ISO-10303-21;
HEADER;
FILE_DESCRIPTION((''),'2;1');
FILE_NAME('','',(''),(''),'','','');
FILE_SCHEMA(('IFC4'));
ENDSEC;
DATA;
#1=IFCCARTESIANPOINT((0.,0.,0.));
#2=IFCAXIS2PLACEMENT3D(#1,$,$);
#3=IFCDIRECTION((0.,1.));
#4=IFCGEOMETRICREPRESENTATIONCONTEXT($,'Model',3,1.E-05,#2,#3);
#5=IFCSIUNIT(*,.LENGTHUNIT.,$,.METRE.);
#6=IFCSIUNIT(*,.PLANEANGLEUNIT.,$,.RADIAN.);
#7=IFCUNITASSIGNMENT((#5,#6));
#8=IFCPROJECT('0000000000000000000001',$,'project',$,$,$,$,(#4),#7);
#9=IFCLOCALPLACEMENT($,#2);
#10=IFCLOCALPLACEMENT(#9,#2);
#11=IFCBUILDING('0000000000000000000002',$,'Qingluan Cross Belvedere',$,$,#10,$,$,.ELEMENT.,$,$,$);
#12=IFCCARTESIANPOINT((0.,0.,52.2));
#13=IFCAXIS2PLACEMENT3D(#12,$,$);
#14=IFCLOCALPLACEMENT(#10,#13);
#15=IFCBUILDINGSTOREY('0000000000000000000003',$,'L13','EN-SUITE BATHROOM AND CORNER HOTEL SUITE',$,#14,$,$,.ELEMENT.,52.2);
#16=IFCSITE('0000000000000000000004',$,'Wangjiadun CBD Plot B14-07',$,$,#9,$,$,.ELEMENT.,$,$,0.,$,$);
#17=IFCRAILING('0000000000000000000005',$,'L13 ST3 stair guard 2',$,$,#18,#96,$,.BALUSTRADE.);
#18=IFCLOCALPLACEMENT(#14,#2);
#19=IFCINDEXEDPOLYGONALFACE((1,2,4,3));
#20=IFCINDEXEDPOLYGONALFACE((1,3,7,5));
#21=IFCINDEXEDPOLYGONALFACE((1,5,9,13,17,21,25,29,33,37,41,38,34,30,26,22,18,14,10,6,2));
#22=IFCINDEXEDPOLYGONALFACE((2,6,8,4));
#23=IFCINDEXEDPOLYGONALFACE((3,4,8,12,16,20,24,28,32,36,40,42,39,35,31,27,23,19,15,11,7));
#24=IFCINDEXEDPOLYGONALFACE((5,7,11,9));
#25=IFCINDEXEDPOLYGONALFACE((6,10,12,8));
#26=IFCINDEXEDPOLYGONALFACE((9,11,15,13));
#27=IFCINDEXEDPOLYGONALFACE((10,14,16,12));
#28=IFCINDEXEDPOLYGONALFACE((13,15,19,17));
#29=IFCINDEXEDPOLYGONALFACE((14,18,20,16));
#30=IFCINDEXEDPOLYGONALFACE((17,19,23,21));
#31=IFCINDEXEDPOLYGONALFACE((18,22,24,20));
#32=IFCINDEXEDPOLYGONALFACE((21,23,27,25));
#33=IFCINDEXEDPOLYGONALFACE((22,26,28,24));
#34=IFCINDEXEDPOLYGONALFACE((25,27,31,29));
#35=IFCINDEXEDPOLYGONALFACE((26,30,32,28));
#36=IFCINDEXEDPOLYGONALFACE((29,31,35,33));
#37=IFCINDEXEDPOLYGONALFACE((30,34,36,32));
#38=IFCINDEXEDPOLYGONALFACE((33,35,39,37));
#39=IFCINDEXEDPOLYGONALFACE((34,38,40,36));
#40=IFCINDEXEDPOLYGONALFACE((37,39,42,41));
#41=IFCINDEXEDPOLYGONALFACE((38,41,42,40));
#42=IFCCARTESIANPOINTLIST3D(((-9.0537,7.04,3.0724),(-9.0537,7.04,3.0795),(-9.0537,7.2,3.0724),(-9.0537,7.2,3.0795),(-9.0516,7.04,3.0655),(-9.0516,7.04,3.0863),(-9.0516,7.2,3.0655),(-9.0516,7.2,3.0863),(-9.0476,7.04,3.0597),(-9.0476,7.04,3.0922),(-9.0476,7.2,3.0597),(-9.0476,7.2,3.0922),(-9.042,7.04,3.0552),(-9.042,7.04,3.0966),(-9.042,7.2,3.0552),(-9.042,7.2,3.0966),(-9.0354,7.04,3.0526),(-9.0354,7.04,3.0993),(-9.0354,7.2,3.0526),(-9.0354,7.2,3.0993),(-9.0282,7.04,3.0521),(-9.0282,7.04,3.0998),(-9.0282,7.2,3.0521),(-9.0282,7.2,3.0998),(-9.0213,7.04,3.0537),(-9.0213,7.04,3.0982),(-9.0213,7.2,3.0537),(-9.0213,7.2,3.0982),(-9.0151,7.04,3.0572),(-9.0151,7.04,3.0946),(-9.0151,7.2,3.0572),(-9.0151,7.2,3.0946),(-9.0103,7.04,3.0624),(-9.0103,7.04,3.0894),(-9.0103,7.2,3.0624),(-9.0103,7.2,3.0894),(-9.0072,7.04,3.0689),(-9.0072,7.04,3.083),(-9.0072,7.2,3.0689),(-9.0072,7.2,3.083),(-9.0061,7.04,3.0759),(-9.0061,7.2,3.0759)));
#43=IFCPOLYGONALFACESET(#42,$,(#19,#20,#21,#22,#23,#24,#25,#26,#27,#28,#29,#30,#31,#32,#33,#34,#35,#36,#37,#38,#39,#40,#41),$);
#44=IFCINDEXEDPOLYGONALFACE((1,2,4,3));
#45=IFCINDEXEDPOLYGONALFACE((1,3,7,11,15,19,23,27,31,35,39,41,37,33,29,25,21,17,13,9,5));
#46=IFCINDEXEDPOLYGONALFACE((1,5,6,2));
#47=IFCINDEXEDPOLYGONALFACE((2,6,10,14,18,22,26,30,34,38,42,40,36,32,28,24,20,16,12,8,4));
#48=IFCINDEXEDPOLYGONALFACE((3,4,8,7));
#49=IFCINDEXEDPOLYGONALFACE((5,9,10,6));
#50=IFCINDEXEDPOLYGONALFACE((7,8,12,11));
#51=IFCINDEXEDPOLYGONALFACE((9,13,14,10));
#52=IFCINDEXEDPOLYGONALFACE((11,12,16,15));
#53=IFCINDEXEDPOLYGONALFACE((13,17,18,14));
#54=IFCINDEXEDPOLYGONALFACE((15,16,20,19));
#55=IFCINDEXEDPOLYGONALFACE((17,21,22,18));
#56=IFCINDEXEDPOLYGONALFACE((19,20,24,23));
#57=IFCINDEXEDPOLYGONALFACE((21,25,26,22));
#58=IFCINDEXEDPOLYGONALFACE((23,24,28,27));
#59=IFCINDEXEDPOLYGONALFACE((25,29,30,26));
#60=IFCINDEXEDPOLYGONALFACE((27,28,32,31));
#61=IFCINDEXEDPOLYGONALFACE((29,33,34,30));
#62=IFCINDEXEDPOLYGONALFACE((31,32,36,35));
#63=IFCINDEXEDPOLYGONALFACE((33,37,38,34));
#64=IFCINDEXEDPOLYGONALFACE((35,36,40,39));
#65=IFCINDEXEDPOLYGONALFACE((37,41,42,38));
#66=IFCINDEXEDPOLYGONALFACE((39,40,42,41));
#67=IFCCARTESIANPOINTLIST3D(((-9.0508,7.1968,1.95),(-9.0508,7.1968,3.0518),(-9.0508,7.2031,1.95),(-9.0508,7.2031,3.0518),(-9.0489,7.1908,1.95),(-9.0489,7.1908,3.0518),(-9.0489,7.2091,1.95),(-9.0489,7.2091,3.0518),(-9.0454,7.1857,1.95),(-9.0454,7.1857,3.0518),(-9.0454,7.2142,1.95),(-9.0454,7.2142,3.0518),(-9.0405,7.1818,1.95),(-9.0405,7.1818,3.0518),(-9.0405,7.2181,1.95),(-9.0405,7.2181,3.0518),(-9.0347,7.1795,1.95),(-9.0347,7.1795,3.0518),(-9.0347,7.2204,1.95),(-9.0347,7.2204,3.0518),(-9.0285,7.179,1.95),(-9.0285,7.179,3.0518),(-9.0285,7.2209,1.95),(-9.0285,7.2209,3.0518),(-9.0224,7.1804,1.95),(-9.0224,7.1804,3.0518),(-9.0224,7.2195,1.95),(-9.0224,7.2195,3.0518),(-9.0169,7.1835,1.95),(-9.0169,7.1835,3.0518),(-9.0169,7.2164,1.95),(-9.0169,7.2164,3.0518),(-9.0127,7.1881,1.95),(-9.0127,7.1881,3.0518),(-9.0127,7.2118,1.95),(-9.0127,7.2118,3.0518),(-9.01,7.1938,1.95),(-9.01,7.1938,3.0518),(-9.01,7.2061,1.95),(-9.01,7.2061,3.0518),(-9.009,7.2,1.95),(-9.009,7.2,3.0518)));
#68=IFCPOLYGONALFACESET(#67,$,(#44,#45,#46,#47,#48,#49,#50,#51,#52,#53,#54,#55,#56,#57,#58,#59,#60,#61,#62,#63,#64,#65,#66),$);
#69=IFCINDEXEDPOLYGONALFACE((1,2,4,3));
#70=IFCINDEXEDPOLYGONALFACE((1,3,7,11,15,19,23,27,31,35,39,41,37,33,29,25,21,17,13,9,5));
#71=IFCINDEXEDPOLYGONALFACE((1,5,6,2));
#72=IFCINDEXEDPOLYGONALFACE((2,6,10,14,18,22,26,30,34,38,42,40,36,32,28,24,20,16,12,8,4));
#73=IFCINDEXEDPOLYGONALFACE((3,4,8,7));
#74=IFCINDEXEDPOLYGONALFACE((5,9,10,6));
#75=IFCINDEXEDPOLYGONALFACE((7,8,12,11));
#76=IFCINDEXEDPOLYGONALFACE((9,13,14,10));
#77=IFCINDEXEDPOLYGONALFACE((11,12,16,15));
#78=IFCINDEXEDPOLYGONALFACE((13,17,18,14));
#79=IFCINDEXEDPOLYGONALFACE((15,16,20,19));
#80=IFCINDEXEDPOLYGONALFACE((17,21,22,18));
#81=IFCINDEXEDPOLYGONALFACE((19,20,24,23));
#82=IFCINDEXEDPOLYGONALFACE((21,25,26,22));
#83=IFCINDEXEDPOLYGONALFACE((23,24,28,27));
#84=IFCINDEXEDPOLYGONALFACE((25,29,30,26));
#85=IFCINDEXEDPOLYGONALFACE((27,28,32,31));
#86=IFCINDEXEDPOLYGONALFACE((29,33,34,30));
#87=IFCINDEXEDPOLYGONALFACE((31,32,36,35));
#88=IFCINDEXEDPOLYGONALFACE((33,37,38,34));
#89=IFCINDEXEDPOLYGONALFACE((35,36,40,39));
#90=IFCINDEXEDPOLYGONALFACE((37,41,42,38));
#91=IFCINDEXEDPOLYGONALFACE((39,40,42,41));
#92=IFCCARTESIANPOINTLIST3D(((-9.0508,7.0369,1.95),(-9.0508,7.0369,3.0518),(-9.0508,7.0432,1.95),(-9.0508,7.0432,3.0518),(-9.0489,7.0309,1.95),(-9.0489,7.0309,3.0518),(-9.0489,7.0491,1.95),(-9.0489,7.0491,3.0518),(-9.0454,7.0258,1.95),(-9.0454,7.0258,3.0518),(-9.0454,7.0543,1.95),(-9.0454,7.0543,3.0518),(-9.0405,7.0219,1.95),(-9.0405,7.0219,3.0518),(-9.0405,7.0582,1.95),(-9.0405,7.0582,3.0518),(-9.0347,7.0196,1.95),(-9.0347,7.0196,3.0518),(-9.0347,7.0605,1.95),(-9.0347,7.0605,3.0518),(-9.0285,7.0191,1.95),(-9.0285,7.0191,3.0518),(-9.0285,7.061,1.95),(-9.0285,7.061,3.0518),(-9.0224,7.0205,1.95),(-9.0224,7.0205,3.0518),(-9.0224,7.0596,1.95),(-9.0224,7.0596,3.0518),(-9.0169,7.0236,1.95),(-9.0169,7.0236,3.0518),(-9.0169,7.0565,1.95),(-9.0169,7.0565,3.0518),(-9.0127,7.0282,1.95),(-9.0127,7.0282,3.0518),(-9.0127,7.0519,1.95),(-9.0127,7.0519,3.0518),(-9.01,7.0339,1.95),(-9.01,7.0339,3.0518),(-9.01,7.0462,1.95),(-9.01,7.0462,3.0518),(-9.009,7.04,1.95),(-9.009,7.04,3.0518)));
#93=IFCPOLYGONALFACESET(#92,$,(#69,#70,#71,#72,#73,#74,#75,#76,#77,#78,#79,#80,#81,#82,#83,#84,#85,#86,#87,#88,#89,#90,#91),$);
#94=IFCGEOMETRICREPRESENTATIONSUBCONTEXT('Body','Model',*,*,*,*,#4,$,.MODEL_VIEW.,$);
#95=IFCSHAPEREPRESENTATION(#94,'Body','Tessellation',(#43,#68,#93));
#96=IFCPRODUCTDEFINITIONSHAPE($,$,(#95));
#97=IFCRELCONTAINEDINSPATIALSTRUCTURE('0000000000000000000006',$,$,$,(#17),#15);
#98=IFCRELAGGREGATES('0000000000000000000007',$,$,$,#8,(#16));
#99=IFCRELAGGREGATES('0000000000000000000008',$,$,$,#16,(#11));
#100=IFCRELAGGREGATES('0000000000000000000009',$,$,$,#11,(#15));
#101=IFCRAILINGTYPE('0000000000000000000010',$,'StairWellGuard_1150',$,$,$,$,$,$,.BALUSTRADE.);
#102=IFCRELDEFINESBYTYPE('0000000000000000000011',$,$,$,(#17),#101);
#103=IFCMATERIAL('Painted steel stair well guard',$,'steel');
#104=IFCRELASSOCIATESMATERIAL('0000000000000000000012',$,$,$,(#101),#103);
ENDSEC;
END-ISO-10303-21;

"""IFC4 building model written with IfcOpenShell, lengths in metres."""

from ifc_helpers import new_model, si_unit, direction, frame, origin, origin_2d, place, context, subcontext, project, spatial, circle, extrude, material, type_object, element, save


model = new_model("IFC4")

# Units and contexts
model_context = context("Model", 3, precision=1e-05, world=origin(), true_north=direction((0.0, 1.0)))
body_context = subcontext(model_context, "Body", "Model", "MODEL_VIEW")
ifc_project = project(units=[si_unit("LENGTHUNIT", "METRE"), si_unit("PLANEANGLEUNIT", "RADIAN")], contexts=[model_context])

# Site, building, storey
site_placement = place(None, origin())
site = spatial("IfcSite", under=ifc_project, at=site_placement, Name="Wangjiadun CBD Plot B14-07", CompositionType="ELEMENT", RefElevation=0.0)
building_placement = place(site_placement, origin())
building = spatial("IfcBuilding", under=site, at=building_placement, Name="Qingluan Cross Belvedere", CompositionType="ELEMENT")
storey_placement = place(building_placement, frame((0.0, 0.0, 52.2)))
storey = spatial("IfcBuildingStorey", under=building, at=storey_placement, Name="L13", Description="EN-SUITE BATHROOM AND CORNER HOTEL SUITE", CompositionType="ELEMENT", Elevation=52.2)

# Railing
ifc_material_1 = material(Name="Painted steel stair well guard", Category="steel")
railing_type_1 = type_object("IfcRailingType", Name="StairWellGuard_1150", PredefinedType="BALUSTRADE", material=ifc_material_1)
railing_1_placement = place(storey_placement, frame((-9.03, 7.2, 1.95)))
element("IfcRailing", 1, at=railing_1_placement, inside=storey, type_object=railing_type_1, Name="L13 ST3 stair guard 2", PredefinedType="BALUSTRADE", context=body_context, shape_type="SweptSolid", body=[
    extrude(circle(Radius=0.0239, at=origin_2d()), frame((0.0, 0.0, 1.126), z_axis=(0.0, -1.0, 0.0), x_axis=(1.0, 0.0, 0.0)), (0.0, 0.0, 1.0), 0.1599),
    extrude(circle(Radius=0.021, at=origin_2d()), origin(), (0.0, 0.0, 1.0), 1.1018),
    extrude(circle(Radius=0.021, at=origin_2d()), frame((0.0, -0.1599, 0.0)), (0.0, 0.0, 1.0), 1.1018),
])

save(model, "model.ifc")
